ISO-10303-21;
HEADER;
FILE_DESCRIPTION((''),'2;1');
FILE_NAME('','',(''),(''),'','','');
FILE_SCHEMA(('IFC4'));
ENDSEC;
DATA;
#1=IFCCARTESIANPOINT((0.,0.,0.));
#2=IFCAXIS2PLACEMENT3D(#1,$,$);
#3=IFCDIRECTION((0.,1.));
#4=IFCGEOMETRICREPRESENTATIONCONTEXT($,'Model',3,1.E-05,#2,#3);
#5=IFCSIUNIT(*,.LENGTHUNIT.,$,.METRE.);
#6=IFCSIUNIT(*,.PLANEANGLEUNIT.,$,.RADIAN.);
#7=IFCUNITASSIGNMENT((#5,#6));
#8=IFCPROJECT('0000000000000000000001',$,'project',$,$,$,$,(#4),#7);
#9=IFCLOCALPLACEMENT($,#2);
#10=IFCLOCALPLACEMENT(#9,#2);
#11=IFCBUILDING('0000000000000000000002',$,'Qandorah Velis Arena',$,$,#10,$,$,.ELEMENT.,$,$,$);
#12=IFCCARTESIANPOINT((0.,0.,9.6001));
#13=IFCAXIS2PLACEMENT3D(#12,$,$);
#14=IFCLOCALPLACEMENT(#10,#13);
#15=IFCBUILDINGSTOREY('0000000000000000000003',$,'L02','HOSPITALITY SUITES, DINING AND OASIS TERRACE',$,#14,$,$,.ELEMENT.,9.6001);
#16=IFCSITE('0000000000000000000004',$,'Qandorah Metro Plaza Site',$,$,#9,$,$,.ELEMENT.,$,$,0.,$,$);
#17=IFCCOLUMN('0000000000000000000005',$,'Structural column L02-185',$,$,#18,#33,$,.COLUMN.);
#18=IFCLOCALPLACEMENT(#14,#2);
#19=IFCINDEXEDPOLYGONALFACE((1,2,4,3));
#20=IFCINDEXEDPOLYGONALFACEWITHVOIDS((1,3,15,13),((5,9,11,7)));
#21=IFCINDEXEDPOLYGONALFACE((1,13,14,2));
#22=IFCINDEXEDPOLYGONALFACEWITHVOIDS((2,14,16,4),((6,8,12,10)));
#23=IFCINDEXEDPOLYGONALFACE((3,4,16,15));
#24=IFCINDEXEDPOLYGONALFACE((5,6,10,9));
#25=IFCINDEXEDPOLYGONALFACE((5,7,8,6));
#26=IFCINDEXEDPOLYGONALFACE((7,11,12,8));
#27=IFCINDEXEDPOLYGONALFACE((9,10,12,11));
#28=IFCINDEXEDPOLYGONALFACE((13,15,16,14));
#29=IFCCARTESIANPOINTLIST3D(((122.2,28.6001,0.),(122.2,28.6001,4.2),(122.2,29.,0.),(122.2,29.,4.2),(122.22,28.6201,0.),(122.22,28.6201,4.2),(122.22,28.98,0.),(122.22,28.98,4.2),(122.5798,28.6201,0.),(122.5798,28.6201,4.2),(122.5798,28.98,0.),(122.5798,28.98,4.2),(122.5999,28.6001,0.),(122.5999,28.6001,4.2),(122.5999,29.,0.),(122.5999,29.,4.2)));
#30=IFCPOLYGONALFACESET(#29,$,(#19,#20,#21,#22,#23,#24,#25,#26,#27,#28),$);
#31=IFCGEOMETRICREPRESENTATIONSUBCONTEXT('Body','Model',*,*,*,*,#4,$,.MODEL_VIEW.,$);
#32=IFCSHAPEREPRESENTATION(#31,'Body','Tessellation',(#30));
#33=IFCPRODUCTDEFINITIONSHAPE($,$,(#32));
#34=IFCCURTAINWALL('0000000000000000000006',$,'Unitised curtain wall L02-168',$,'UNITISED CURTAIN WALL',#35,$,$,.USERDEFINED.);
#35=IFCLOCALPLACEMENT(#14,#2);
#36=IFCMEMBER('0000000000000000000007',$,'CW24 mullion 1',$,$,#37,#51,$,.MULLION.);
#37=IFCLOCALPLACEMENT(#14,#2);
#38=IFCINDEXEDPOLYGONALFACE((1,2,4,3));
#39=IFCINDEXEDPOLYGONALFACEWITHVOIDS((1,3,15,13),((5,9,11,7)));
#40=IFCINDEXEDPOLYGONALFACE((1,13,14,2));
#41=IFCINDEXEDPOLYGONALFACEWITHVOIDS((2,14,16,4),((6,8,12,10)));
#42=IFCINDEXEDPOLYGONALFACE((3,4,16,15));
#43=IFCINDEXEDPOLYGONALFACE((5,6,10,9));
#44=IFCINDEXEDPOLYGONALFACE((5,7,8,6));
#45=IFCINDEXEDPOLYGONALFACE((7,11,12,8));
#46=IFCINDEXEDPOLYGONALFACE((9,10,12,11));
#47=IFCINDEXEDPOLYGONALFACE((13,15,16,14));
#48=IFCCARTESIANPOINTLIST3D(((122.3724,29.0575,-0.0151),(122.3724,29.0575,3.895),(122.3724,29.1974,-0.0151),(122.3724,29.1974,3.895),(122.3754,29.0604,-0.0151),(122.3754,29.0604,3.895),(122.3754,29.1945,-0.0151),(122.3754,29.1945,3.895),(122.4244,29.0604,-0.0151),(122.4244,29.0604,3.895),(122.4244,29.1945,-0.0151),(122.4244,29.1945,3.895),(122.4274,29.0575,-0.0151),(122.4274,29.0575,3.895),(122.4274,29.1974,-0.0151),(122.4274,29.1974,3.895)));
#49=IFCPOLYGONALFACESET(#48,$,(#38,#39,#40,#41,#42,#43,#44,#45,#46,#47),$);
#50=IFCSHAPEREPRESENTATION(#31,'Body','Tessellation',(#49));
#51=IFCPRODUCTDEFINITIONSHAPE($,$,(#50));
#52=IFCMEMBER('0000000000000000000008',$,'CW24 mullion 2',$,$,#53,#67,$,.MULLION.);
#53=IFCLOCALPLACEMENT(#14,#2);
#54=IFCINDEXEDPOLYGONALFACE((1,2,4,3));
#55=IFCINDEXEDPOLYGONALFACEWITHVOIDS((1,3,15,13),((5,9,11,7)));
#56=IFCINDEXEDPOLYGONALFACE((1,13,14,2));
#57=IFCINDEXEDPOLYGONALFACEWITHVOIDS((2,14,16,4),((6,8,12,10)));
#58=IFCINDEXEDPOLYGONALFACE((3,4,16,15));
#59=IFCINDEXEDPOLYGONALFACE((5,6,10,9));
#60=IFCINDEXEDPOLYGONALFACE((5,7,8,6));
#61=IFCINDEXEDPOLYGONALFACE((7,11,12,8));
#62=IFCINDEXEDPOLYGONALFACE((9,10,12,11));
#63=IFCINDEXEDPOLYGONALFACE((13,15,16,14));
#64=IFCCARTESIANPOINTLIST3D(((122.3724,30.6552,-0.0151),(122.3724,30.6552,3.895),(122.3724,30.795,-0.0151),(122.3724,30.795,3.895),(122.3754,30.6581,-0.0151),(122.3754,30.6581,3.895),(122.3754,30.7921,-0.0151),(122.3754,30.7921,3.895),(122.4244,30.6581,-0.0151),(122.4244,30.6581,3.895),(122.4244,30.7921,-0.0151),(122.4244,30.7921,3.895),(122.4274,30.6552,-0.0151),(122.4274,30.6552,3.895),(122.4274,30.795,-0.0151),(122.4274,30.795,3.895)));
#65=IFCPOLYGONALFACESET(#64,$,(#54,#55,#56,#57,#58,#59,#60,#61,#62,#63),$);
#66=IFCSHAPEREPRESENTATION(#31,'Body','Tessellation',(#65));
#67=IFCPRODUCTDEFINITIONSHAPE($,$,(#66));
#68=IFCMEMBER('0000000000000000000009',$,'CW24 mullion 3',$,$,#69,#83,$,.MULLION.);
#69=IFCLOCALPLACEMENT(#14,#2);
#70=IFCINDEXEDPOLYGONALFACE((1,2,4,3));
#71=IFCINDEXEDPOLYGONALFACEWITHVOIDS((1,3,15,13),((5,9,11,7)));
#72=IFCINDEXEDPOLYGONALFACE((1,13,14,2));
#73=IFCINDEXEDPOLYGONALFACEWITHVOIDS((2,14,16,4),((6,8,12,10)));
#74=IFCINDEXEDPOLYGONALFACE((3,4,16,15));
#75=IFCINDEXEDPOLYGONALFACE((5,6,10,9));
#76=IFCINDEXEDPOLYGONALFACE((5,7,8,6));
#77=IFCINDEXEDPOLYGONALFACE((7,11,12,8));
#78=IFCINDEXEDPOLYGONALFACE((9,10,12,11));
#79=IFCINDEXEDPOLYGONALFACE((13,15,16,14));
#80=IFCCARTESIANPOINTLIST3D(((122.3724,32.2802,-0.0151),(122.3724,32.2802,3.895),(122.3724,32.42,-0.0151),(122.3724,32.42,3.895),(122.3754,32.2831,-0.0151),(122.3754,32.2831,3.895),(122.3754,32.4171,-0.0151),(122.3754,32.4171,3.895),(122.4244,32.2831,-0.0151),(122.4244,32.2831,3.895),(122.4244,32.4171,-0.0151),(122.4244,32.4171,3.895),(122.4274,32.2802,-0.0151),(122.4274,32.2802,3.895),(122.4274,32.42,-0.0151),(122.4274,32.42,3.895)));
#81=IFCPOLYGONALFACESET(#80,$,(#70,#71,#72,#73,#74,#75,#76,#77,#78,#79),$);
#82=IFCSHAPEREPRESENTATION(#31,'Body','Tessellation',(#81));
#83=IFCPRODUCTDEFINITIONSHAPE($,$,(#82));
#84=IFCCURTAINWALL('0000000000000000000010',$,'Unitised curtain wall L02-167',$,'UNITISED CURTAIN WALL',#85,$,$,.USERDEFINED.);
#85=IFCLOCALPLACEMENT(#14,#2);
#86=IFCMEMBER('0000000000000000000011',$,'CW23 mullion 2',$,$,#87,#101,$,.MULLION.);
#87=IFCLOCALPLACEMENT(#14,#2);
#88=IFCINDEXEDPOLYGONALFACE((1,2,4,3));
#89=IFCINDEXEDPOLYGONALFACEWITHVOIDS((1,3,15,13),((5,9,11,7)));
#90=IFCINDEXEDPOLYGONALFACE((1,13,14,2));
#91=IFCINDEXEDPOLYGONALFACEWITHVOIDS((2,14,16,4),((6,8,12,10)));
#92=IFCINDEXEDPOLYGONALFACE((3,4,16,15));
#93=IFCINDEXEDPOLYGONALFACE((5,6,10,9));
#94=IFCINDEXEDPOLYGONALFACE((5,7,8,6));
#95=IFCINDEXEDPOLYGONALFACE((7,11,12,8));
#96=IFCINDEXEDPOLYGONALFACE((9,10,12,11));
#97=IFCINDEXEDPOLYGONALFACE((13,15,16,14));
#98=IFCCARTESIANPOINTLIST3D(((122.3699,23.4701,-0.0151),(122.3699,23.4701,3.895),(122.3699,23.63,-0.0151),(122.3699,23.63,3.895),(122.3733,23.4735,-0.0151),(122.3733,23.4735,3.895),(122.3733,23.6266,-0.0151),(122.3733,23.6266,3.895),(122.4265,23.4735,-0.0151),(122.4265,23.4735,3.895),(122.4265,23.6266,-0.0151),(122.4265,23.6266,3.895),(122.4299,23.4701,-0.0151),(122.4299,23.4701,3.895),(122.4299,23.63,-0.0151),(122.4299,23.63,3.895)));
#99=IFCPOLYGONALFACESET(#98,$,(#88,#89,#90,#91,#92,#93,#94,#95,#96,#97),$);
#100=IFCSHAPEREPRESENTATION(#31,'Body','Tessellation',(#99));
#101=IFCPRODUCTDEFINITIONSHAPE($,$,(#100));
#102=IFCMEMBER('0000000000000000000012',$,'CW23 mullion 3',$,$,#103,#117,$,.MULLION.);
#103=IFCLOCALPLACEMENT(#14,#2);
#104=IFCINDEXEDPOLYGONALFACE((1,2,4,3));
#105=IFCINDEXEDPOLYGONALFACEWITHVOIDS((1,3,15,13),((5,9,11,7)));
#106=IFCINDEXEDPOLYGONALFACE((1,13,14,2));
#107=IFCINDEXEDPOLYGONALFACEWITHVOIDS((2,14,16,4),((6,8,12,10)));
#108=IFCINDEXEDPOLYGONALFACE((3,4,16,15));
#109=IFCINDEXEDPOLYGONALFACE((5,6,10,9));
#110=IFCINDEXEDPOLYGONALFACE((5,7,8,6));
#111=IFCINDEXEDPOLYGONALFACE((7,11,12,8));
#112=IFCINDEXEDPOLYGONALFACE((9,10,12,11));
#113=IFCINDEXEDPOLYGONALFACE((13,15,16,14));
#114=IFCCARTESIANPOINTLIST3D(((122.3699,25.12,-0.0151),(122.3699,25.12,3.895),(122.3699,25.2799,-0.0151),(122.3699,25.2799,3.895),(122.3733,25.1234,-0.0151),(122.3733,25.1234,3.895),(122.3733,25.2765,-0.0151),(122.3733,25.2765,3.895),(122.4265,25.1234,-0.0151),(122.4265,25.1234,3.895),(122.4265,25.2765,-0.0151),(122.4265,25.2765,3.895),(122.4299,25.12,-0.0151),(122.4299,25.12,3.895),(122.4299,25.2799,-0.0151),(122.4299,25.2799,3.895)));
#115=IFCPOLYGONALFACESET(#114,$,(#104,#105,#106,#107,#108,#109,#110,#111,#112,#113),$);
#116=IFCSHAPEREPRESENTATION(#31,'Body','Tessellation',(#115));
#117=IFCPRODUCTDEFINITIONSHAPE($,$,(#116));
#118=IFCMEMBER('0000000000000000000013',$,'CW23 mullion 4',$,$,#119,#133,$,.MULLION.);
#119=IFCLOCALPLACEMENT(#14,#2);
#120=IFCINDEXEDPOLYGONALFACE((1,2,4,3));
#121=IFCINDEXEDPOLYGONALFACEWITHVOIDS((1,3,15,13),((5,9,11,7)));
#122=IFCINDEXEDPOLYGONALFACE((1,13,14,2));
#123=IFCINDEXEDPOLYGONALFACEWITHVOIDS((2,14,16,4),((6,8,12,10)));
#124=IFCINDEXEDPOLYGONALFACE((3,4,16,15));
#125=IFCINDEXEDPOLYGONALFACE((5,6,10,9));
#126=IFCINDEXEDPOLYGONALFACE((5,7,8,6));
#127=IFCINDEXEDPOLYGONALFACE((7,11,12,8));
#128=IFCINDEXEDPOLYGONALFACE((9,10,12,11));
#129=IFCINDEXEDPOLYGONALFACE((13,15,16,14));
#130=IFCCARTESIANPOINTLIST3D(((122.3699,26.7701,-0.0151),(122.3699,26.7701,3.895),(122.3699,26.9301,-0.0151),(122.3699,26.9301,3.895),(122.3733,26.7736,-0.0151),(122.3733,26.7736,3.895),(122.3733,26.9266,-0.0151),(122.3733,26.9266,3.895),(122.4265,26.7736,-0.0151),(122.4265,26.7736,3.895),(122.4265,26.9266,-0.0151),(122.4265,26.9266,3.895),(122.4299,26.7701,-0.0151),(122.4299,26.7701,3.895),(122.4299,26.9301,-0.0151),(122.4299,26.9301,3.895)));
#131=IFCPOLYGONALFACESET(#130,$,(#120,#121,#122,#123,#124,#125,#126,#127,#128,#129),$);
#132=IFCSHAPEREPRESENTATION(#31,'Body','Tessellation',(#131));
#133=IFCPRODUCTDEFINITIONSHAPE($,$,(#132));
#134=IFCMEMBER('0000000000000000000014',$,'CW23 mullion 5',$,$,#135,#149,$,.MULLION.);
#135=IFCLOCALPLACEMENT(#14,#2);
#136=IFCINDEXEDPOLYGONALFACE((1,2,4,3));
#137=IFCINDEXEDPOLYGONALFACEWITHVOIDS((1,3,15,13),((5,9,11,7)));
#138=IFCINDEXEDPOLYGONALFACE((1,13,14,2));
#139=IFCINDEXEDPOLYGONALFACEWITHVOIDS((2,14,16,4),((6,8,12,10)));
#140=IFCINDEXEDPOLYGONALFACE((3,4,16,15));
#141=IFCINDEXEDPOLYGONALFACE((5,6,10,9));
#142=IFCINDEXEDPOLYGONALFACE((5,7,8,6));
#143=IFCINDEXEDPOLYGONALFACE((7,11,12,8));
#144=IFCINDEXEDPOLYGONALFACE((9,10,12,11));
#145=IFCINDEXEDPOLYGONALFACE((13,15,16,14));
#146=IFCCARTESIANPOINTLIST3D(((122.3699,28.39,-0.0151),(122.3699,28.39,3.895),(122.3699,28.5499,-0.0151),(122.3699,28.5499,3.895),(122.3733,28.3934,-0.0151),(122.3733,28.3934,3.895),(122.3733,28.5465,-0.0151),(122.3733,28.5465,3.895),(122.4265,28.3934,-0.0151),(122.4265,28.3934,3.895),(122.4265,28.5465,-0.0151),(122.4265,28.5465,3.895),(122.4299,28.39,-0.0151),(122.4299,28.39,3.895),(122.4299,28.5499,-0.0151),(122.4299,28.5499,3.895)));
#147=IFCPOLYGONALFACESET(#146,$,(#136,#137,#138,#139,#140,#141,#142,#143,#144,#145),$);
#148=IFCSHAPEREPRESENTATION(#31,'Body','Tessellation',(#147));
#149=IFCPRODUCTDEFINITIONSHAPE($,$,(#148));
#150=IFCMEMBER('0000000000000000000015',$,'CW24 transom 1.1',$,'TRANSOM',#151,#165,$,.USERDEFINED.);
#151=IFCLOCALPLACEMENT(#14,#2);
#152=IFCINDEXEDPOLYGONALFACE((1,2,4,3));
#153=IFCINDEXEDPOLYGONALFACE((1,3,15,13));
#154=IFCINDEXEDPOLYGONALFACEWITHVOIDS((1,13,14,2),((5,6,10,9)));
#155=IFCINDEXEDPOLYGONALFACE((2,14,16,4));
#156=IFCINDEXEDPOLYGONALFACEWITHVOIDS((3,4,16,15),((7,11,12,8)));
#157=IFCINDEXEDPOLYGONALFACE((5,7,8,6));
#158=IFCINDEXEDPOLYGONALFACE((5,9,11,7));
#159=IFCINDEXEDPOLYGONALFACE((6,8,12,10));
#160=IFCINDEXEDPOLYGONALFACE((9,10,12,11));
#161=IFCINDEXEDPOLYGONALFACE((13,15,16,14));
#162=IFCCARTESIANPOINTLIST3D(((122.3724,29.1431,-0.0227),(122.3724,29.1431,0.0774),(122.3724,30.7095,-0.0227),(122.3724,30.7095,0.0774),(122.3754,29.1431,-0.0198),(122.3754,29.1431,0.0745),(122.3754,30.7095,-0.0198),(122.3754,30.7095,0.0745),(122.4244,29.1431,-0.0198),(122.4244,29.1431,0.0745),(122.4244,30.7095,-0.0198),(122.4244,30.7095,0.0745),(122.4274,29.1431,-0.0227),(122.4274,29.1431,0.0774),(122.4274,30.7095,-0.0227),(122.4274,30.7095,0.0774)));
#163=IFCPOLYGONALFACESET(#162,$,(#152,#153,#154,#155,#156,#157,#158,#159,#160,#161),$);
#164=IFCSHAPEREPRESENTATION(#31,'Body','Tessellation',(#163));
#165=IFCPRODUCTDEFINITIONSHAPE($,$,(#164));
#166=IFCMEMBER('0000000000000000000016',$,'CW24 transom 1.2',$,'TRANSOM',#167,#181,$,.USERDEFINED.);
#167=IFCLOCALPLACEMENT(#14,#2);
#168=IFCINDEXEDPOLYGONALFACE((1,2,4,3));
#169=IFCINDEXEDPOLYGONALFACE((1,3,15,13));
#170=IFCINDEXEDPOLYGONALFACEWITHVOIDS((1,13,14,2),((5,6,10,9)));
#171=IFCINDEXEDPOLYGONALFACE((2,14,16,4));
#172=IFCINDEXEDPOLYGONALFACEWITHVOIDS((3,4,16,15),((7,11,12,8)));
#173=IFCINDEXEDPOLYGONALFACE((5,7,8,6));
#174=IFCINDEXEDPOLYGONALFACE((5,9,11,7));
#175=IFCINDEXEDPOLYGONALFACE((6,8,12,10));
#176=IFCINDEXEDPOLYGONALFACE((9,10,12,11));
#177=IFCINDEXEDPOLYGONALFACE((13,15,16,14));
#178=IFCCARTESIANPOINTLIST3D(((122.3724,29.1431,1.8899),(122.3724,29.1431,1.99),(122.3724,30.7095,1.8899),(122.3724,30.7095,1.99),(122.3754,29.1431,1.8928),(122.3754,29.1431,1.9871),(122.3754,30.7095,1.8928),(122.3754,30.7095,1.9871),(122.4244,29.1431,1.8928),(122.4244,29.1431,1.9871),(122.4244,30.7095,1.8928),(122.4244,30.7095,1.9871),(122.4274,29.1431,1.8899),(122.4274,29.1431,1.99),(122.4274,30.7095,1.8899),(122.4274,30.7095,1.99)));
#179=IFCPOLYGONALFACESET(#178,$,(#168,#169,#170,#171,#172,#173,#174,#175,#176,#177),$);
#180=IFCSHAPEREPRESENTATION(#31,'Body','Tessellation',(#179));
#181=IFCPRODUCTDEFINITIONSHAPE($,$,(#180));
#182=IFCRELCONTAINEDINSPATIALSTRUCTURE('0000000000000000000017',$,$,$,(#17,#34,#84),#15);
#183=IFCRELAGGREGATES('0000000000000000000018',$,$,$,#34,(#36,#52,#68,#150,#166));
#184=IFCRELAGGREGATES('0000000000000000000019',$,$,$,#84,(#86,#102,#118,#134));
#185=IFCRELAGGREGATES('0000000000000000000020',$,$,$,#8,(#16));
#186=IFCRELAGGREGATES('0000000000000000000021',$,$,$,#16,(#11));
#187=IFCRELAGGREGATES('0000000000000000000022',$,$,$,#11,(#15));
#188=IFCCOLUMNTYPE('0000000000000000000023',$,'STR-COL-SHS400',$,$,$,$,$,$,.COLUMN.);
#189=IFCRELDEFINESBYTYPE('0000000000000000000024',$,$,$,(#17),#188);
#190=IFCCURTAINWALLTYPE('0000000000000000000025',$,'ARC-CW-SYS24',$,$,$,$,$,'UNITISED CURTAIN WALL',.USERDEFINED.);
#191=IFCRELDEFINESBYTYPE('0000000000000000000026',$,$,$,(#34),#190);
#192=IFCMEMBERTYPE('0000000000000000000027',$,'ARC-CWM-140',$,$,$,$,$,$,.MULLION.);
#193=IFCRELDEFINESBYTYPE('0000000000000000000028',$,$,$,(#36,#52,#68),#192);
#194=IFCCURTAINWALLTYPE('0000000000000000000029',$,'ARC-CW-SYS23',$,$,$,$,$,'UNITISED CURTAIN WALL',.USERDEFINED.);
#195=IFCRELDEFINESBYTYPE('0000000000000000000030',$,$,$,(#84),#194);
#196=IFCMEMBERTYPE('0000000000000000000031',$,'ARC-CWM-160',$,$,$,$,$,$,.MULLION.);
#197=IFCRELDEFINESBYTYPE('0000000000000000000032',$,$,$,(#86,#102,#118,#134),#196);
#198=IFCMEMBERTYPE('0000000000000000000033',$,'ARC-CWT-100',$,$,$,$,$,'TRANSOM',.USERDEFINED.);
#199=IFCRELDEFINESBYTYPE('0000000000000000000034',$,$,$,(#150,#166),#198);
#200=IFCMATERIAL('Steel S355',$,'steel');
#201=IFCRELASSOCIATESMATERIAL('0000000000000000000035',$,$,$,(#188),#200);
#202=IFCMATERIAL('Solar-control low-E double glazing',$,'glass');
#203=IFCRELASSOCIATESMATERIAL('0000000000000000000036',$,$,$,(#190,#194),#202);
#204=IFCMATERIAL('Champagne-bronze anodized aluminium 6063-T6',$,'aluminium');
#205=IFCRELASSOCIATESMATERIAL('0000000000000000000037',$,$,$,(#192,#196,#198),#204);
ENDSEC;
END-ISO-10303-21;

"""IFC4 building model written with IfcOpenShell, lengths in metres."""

from ifc_helpers import new_model, si_unit, direction, frame, origin, origin_2d, place, context, subcontext, project, spatial, hollow_rectangle, extrude, material, material_profile, profile_set, type_object, element, aggregate, save


model = new_model("IFC4")

# Units and contexts
model_context = context("Model", 3, precision=1e-05, world=origin(), true_north=direction((0.0, 1.0)))
body_context = subcontext(model_context, "Body", "Model", "MODEL_VIEW")
ifc_project = project(units=[si_unit("LENGTHUNIT", "METRE"), si_unit("PLANEANGLEUNIT", "RADIAN")], contexts=[model_context])

# Site, building, storey
site_placement = place(None, origin())
site = spatial("IfcSite", under=ifc_project, at=site_placement, Name="Qandorah Metro Plaza Site", CompositionType="ELEMENT", RefElevation=0.0)
building_placement = place(site_placement, origin())
building = spatial("IfcBuilding", under=site, at=building_placement, Name="Qandorah Velis Arena", CompositionType="ELEMENT")
storey_placement = place(building_placement, frame((0.0, 0.0, 9.6001)))
storey = spatial("IfcBuildingStorey", under=building, at=storey_placement, Name="L02", Description="HOSPITALITY SUITES, DINING AND OASIS TERRACE", CompositionType="ELEMENT", Elevation=9.6001)

# Column
ifc_material_1 = material(Name="Steel S355", Category="steel")
ifc_material_profile_1 = material_profile(ifc_material_1, hollow_rectangle(XDim=0.3999, YDim=0.3999, WallThickness=0.02, at=origin_2d()), Name="SHS 400x400x20")
ifc_profile_set_1 = profile_set([ifc_material_profile_1], Name="Steel S355")
column_type = type_object("IfcColumnType", Name="STR-COL-SHS400", PredefinedType="COLUMN", material=ifc_profile_set_1)
column_placement = place(storey_placement, frame((122.3999, 28.8, 0.0), z_axis=(0.0, 0.0, 1.0), x_axis=(1.0, 0.0, 0.0)))
element("IfcColumn", 1, at=column_placement, inside=storey, type_object=column_type, Name="Structural column L02-185", PredefinedType="COLUMN", context=body_context, shape_type="SweptSolid", body=[
    extrude(hollow_rectangle(XDim=0.3999, YDim=0.3999, WallThickness=0.02, at=origin_2d()), origin(), (0.0, 0.0, 1.0), 4.2),
])

# Curtain walls, members
ifc_material_2 = material(Name="Solar-control low-E double glazing", Category="glass")
curtain_wall_type_1 = type_object("IfcCurtainWallType", Name="ARC-CW-SYS24", ElementType="UNITISED CURTAIN WALL", PredefinedType="USERDEFINED", material=ifc_material_2)
curtain_wall_1_placement = place(storey_placement, origin())
curtain_wall_1 = element("IfcCurtainWall", 2, at=curtain_wall_1_placement, inside=storey, type_object=curtain_wall_type_1, Name="Unitised curtain wall L02-168", ObjectType="UNITISED CURTAIN WALL", PredefinedType="USERDEFINED")
ifc_material_3 = material(Name="Champagne-bronze anodized aluminium 6063-T6", Category="aluminium")
ifc_material_profile_2 = material_profile(ifc_material_3, hollow_rectangle(XDim=0.0549, YDim=0.1399, WallThickness=0.0029, at=origin_2d()), Name="ALU MULLION 55x140")
ifc_profile_set_2 = profile_set([ifc_material_profile_2], Name="Champagne-bronze anodized aluminium 6063-T6")
member_type_1 = type_object("IfcMemberType", Name="ARC-CWM-140", PredefinedType="MULLION", material=ifc_profile_set_2)
member_1_placement = place(storey_placement, frame((122.3999, 29.1274, -0.0151), z_axis=(0.0, 0.0, 1.0), x_axis=(-1.0, 0.0, 0.0)))
member_1 = element("IfcMember", 3, at=member_1_placement, type_object=member_type_1, Name="CW24 mullion 1", PredefinedType="MULLION", context=body_context, shape_type="SweptSolid", body=[
    extrude(hollow_rectangle(XDim=0.0549, YDim=0.1399, WallThickness=0.0029, at=origin_2d()), origin(), (0.0, 0.0, 1.0), 3.9102),
])
member_2_placement = place(storey_placement, frame((122.3999, 30.7251, -0.0151), z_axis=(0.0, 0.0, 1.0), x_axis=(-1.0, 0.0, 0.0)))
member_2 = element("IfcMember", 4, at=member_2_placement, type_object=member_type_1, Name="CW24 mullion 2", PredefinedType="MULLION", context=body_context, shape_type="SweptSolid", body=[
    extrude(hollow_rectangle(XDim=0.0549, YDim=0.1399, WallThickness=0.0029, at=origin_2d()), origin(), (0.0, 0.0, 1.0), 3.9102),
])
member_3_placement = place(storey_placement, frame((122.3999, 32.3501, -0.0151), z_axis=(0.0, 0.0, 1.0), x_axis=(-1.0, 0.0, 0.0)))
member_3 = element("IfcMember", 5, at=member_3_placement, type_object=member_type_1, Name="CW24 mullion 3", PredefinedType="MULLION", context=body_context, shape_type="SweptSolid", body=[
    extrude(hollow_rectangle(XDim=0.0549, YDim=0.1399, WallThickness=0.0029, at=origin_2d()), origin(), (0.0, 0.0, 1.0), 3.9102),
])
curtain_wall_type_2 = type_object("IfcCurtainWallType", Name="ARC-CW-SYS23", ElementType="UNITISED CURTAIN WALL", PredefinedType="USERDEFINED", material=ifc_material_2)
curtain_wall_2_placement = place(storey_placement, origin())
curtain_wall_2 = element("IfcCurtainWall", 6, at=curtain_wall_2_placement, inside=storey, type_object=curtain_wall_type_2, Name="Unitised curtain wall L02-167", ObjectType="UNITISED CURTAIN WALL", PredefinedType="USERDEFINED")
ifc_material_profile_3 = material_profile(ifc_material_3, hollow_rectangle(XDim=0.0601, YDim=0.1599, WallThickness=0.0034, at=origin_2d()), Name="ALU MULLION 60x160")
ifc_profile_set_3 = profile_set([ifc_material_profile_3], Name="Champagne-bronze anodized aluminium 6063-T6")
member_type_2 = type_object("IfcMemberType", Name="ARC-CWM-160", PredefinedType="MULLION", material=ifc_profile_set_3)
member_4_placement = place(storey_placement, frame((122.3999, 23.55, -0.0151), z_axis=(0.0, 0.0, 1.0), x_axis=(-1.0, 0.0, 0.0)))
member_4 = element("IfcMember", 7, at=member_4_placement, type_object=member_type_2, Name="CW23 mullion 2", PredefinedType="MULLION", context=body_context, shape_type="SweptSolid", body=[
    extrude(hollow_rectangle(XDim=0.0601, YDim=0.1599, WallThickness=0.0034, at=origin_2d()), origin(), (0.0, 0.0, 1.0), 3.9102),
])
member_5_placement = place(storey_placement, frame((122.3999, 25.2, -0.0151), z_axis=(0.0, 0.0, 1.0), x_axis=(-1.0, 0.0, 0.0)))
member_5 = element("IfcMember", 8, at=member_5_placement, type_object=member_type_2, Name="CW23 mullion 3", PredefinedType="MULLION", context=body_context, shape_type="SweptSolid", body=[
    extrude(hollow_rectangle(XDim=0.0601, YDim=0.1599, WallThickness=0.0034, at=origin_2d()), origin(), (0.0, 0.0, 1.0), 3.9102),
])
member_6_placement = place(storey_placement, frame((122.3999, 26.8501, -0.0151), z_axis=(0.0, 0.0, 1.0), x_axis=(-1.0, 0.0, 0.0)))
member_6 = element("IfcMember", 9, at=member_6_placement, type_object=member_type_2, Name="CW23 mullion 4", PredefinedType="MULLION", context=body_context, shape_type="SweptSolid", body=[
    extrude(hollow_rectangle(XDim=0.0601, YDim=0.1599, WallThickness=0.0034, at=origin_2d()), origin(), (0.0, 0.0, 1.0), 3.9102),
])
member_7_placement = place(storey_placement, frame((122.3999, 28.47, -0.0151), z_axis=(0.0, 0.0, 1.0), x_axis=(-1.0, 0.0, 0.0)))
member_7 = element("IfcMember", 10, at=member_7_placement, type_object=member_type_2, Name="CW23 mullion 5", PredefinedType="MULLION", context=body_context, shape_type="SweptSolid", body=[
    extrude(hollow_rectangle(XDim=0.0601, YDim=0.1599, WallThickness=0.0034, at=origin_2d()), origin(), (0.0, 0.0, 1.0), 3.9102),
])

# Members
ifc_material_profile_4 = material_profile(ifc_material_3, hollow_rectangle(XDim=0.0549, YDim=0.1001, WallThickness=0.0029, at=origin_2d()), Name="ALU TRANSOM 55x100")
ifc_profile_set_4 = profile_set([ifc_material_profile_4], Name="Champagne-bronze anodized aluminium 6063-T6")
member_type_3 = type_object("IfcMemberType", Name="ARC-CWT-100", ElementType="TRANSOM", PredefinedType="USERDEFINED", material=ifc_profile_set_4)
member_8_placement = place(storey_placement, frame((122.3999, 29.1431, 0.0273), z_axis=(0.0, 1.0, 0.0), x_axis=(-1.0, 0.0, 0.0)))
member_8 = element("IfcMember", 11, at=member_8_placement, type_object=member_type_3, Name="CW24 transom 1.1", ObjectType="TRANSOM", PredefinedType="USERDEFINED", context=body_context, shape_type="SweptSolid", body=[
    extrude(hollow_rectangle(XDim=0.0549, YDim=0.1001, WallThickness=0.0029, at=origin_2d()), origin(), (0.0, 0.0, 1.0), 1.5664),
])
member_9_placement = place(storey_placement, frame((122.3999, 29.1431, 1.9399), z_axis=(0.0, 1.0, 0.0), x_axis=(-1.0, 0.0, 0.0)))
member_9 = element("IfcMember", 12, at=member_9_placement, type_object=member_type_3, Name="CW24 transom 1.2", ObjectType="TRANSOM", PredefinedType="USERDEFINED", context=body_context, shape_type="SweptSolid", body=[
    extrude(hollow_rectangle(XDim=0.0549, YDim=0.1001, WallThickness=0.0029, at=origin_2d()), origin(), (0.0, 0.0, 1.0), 1.5664),
])

aggregate(curtain_wall_1, [member_1, member_2, member_3, member_8, member_9])
aggregate(curtain_wall_2, [member_4, member_5, member_6, member_7])

save(model, "model.ifc")
